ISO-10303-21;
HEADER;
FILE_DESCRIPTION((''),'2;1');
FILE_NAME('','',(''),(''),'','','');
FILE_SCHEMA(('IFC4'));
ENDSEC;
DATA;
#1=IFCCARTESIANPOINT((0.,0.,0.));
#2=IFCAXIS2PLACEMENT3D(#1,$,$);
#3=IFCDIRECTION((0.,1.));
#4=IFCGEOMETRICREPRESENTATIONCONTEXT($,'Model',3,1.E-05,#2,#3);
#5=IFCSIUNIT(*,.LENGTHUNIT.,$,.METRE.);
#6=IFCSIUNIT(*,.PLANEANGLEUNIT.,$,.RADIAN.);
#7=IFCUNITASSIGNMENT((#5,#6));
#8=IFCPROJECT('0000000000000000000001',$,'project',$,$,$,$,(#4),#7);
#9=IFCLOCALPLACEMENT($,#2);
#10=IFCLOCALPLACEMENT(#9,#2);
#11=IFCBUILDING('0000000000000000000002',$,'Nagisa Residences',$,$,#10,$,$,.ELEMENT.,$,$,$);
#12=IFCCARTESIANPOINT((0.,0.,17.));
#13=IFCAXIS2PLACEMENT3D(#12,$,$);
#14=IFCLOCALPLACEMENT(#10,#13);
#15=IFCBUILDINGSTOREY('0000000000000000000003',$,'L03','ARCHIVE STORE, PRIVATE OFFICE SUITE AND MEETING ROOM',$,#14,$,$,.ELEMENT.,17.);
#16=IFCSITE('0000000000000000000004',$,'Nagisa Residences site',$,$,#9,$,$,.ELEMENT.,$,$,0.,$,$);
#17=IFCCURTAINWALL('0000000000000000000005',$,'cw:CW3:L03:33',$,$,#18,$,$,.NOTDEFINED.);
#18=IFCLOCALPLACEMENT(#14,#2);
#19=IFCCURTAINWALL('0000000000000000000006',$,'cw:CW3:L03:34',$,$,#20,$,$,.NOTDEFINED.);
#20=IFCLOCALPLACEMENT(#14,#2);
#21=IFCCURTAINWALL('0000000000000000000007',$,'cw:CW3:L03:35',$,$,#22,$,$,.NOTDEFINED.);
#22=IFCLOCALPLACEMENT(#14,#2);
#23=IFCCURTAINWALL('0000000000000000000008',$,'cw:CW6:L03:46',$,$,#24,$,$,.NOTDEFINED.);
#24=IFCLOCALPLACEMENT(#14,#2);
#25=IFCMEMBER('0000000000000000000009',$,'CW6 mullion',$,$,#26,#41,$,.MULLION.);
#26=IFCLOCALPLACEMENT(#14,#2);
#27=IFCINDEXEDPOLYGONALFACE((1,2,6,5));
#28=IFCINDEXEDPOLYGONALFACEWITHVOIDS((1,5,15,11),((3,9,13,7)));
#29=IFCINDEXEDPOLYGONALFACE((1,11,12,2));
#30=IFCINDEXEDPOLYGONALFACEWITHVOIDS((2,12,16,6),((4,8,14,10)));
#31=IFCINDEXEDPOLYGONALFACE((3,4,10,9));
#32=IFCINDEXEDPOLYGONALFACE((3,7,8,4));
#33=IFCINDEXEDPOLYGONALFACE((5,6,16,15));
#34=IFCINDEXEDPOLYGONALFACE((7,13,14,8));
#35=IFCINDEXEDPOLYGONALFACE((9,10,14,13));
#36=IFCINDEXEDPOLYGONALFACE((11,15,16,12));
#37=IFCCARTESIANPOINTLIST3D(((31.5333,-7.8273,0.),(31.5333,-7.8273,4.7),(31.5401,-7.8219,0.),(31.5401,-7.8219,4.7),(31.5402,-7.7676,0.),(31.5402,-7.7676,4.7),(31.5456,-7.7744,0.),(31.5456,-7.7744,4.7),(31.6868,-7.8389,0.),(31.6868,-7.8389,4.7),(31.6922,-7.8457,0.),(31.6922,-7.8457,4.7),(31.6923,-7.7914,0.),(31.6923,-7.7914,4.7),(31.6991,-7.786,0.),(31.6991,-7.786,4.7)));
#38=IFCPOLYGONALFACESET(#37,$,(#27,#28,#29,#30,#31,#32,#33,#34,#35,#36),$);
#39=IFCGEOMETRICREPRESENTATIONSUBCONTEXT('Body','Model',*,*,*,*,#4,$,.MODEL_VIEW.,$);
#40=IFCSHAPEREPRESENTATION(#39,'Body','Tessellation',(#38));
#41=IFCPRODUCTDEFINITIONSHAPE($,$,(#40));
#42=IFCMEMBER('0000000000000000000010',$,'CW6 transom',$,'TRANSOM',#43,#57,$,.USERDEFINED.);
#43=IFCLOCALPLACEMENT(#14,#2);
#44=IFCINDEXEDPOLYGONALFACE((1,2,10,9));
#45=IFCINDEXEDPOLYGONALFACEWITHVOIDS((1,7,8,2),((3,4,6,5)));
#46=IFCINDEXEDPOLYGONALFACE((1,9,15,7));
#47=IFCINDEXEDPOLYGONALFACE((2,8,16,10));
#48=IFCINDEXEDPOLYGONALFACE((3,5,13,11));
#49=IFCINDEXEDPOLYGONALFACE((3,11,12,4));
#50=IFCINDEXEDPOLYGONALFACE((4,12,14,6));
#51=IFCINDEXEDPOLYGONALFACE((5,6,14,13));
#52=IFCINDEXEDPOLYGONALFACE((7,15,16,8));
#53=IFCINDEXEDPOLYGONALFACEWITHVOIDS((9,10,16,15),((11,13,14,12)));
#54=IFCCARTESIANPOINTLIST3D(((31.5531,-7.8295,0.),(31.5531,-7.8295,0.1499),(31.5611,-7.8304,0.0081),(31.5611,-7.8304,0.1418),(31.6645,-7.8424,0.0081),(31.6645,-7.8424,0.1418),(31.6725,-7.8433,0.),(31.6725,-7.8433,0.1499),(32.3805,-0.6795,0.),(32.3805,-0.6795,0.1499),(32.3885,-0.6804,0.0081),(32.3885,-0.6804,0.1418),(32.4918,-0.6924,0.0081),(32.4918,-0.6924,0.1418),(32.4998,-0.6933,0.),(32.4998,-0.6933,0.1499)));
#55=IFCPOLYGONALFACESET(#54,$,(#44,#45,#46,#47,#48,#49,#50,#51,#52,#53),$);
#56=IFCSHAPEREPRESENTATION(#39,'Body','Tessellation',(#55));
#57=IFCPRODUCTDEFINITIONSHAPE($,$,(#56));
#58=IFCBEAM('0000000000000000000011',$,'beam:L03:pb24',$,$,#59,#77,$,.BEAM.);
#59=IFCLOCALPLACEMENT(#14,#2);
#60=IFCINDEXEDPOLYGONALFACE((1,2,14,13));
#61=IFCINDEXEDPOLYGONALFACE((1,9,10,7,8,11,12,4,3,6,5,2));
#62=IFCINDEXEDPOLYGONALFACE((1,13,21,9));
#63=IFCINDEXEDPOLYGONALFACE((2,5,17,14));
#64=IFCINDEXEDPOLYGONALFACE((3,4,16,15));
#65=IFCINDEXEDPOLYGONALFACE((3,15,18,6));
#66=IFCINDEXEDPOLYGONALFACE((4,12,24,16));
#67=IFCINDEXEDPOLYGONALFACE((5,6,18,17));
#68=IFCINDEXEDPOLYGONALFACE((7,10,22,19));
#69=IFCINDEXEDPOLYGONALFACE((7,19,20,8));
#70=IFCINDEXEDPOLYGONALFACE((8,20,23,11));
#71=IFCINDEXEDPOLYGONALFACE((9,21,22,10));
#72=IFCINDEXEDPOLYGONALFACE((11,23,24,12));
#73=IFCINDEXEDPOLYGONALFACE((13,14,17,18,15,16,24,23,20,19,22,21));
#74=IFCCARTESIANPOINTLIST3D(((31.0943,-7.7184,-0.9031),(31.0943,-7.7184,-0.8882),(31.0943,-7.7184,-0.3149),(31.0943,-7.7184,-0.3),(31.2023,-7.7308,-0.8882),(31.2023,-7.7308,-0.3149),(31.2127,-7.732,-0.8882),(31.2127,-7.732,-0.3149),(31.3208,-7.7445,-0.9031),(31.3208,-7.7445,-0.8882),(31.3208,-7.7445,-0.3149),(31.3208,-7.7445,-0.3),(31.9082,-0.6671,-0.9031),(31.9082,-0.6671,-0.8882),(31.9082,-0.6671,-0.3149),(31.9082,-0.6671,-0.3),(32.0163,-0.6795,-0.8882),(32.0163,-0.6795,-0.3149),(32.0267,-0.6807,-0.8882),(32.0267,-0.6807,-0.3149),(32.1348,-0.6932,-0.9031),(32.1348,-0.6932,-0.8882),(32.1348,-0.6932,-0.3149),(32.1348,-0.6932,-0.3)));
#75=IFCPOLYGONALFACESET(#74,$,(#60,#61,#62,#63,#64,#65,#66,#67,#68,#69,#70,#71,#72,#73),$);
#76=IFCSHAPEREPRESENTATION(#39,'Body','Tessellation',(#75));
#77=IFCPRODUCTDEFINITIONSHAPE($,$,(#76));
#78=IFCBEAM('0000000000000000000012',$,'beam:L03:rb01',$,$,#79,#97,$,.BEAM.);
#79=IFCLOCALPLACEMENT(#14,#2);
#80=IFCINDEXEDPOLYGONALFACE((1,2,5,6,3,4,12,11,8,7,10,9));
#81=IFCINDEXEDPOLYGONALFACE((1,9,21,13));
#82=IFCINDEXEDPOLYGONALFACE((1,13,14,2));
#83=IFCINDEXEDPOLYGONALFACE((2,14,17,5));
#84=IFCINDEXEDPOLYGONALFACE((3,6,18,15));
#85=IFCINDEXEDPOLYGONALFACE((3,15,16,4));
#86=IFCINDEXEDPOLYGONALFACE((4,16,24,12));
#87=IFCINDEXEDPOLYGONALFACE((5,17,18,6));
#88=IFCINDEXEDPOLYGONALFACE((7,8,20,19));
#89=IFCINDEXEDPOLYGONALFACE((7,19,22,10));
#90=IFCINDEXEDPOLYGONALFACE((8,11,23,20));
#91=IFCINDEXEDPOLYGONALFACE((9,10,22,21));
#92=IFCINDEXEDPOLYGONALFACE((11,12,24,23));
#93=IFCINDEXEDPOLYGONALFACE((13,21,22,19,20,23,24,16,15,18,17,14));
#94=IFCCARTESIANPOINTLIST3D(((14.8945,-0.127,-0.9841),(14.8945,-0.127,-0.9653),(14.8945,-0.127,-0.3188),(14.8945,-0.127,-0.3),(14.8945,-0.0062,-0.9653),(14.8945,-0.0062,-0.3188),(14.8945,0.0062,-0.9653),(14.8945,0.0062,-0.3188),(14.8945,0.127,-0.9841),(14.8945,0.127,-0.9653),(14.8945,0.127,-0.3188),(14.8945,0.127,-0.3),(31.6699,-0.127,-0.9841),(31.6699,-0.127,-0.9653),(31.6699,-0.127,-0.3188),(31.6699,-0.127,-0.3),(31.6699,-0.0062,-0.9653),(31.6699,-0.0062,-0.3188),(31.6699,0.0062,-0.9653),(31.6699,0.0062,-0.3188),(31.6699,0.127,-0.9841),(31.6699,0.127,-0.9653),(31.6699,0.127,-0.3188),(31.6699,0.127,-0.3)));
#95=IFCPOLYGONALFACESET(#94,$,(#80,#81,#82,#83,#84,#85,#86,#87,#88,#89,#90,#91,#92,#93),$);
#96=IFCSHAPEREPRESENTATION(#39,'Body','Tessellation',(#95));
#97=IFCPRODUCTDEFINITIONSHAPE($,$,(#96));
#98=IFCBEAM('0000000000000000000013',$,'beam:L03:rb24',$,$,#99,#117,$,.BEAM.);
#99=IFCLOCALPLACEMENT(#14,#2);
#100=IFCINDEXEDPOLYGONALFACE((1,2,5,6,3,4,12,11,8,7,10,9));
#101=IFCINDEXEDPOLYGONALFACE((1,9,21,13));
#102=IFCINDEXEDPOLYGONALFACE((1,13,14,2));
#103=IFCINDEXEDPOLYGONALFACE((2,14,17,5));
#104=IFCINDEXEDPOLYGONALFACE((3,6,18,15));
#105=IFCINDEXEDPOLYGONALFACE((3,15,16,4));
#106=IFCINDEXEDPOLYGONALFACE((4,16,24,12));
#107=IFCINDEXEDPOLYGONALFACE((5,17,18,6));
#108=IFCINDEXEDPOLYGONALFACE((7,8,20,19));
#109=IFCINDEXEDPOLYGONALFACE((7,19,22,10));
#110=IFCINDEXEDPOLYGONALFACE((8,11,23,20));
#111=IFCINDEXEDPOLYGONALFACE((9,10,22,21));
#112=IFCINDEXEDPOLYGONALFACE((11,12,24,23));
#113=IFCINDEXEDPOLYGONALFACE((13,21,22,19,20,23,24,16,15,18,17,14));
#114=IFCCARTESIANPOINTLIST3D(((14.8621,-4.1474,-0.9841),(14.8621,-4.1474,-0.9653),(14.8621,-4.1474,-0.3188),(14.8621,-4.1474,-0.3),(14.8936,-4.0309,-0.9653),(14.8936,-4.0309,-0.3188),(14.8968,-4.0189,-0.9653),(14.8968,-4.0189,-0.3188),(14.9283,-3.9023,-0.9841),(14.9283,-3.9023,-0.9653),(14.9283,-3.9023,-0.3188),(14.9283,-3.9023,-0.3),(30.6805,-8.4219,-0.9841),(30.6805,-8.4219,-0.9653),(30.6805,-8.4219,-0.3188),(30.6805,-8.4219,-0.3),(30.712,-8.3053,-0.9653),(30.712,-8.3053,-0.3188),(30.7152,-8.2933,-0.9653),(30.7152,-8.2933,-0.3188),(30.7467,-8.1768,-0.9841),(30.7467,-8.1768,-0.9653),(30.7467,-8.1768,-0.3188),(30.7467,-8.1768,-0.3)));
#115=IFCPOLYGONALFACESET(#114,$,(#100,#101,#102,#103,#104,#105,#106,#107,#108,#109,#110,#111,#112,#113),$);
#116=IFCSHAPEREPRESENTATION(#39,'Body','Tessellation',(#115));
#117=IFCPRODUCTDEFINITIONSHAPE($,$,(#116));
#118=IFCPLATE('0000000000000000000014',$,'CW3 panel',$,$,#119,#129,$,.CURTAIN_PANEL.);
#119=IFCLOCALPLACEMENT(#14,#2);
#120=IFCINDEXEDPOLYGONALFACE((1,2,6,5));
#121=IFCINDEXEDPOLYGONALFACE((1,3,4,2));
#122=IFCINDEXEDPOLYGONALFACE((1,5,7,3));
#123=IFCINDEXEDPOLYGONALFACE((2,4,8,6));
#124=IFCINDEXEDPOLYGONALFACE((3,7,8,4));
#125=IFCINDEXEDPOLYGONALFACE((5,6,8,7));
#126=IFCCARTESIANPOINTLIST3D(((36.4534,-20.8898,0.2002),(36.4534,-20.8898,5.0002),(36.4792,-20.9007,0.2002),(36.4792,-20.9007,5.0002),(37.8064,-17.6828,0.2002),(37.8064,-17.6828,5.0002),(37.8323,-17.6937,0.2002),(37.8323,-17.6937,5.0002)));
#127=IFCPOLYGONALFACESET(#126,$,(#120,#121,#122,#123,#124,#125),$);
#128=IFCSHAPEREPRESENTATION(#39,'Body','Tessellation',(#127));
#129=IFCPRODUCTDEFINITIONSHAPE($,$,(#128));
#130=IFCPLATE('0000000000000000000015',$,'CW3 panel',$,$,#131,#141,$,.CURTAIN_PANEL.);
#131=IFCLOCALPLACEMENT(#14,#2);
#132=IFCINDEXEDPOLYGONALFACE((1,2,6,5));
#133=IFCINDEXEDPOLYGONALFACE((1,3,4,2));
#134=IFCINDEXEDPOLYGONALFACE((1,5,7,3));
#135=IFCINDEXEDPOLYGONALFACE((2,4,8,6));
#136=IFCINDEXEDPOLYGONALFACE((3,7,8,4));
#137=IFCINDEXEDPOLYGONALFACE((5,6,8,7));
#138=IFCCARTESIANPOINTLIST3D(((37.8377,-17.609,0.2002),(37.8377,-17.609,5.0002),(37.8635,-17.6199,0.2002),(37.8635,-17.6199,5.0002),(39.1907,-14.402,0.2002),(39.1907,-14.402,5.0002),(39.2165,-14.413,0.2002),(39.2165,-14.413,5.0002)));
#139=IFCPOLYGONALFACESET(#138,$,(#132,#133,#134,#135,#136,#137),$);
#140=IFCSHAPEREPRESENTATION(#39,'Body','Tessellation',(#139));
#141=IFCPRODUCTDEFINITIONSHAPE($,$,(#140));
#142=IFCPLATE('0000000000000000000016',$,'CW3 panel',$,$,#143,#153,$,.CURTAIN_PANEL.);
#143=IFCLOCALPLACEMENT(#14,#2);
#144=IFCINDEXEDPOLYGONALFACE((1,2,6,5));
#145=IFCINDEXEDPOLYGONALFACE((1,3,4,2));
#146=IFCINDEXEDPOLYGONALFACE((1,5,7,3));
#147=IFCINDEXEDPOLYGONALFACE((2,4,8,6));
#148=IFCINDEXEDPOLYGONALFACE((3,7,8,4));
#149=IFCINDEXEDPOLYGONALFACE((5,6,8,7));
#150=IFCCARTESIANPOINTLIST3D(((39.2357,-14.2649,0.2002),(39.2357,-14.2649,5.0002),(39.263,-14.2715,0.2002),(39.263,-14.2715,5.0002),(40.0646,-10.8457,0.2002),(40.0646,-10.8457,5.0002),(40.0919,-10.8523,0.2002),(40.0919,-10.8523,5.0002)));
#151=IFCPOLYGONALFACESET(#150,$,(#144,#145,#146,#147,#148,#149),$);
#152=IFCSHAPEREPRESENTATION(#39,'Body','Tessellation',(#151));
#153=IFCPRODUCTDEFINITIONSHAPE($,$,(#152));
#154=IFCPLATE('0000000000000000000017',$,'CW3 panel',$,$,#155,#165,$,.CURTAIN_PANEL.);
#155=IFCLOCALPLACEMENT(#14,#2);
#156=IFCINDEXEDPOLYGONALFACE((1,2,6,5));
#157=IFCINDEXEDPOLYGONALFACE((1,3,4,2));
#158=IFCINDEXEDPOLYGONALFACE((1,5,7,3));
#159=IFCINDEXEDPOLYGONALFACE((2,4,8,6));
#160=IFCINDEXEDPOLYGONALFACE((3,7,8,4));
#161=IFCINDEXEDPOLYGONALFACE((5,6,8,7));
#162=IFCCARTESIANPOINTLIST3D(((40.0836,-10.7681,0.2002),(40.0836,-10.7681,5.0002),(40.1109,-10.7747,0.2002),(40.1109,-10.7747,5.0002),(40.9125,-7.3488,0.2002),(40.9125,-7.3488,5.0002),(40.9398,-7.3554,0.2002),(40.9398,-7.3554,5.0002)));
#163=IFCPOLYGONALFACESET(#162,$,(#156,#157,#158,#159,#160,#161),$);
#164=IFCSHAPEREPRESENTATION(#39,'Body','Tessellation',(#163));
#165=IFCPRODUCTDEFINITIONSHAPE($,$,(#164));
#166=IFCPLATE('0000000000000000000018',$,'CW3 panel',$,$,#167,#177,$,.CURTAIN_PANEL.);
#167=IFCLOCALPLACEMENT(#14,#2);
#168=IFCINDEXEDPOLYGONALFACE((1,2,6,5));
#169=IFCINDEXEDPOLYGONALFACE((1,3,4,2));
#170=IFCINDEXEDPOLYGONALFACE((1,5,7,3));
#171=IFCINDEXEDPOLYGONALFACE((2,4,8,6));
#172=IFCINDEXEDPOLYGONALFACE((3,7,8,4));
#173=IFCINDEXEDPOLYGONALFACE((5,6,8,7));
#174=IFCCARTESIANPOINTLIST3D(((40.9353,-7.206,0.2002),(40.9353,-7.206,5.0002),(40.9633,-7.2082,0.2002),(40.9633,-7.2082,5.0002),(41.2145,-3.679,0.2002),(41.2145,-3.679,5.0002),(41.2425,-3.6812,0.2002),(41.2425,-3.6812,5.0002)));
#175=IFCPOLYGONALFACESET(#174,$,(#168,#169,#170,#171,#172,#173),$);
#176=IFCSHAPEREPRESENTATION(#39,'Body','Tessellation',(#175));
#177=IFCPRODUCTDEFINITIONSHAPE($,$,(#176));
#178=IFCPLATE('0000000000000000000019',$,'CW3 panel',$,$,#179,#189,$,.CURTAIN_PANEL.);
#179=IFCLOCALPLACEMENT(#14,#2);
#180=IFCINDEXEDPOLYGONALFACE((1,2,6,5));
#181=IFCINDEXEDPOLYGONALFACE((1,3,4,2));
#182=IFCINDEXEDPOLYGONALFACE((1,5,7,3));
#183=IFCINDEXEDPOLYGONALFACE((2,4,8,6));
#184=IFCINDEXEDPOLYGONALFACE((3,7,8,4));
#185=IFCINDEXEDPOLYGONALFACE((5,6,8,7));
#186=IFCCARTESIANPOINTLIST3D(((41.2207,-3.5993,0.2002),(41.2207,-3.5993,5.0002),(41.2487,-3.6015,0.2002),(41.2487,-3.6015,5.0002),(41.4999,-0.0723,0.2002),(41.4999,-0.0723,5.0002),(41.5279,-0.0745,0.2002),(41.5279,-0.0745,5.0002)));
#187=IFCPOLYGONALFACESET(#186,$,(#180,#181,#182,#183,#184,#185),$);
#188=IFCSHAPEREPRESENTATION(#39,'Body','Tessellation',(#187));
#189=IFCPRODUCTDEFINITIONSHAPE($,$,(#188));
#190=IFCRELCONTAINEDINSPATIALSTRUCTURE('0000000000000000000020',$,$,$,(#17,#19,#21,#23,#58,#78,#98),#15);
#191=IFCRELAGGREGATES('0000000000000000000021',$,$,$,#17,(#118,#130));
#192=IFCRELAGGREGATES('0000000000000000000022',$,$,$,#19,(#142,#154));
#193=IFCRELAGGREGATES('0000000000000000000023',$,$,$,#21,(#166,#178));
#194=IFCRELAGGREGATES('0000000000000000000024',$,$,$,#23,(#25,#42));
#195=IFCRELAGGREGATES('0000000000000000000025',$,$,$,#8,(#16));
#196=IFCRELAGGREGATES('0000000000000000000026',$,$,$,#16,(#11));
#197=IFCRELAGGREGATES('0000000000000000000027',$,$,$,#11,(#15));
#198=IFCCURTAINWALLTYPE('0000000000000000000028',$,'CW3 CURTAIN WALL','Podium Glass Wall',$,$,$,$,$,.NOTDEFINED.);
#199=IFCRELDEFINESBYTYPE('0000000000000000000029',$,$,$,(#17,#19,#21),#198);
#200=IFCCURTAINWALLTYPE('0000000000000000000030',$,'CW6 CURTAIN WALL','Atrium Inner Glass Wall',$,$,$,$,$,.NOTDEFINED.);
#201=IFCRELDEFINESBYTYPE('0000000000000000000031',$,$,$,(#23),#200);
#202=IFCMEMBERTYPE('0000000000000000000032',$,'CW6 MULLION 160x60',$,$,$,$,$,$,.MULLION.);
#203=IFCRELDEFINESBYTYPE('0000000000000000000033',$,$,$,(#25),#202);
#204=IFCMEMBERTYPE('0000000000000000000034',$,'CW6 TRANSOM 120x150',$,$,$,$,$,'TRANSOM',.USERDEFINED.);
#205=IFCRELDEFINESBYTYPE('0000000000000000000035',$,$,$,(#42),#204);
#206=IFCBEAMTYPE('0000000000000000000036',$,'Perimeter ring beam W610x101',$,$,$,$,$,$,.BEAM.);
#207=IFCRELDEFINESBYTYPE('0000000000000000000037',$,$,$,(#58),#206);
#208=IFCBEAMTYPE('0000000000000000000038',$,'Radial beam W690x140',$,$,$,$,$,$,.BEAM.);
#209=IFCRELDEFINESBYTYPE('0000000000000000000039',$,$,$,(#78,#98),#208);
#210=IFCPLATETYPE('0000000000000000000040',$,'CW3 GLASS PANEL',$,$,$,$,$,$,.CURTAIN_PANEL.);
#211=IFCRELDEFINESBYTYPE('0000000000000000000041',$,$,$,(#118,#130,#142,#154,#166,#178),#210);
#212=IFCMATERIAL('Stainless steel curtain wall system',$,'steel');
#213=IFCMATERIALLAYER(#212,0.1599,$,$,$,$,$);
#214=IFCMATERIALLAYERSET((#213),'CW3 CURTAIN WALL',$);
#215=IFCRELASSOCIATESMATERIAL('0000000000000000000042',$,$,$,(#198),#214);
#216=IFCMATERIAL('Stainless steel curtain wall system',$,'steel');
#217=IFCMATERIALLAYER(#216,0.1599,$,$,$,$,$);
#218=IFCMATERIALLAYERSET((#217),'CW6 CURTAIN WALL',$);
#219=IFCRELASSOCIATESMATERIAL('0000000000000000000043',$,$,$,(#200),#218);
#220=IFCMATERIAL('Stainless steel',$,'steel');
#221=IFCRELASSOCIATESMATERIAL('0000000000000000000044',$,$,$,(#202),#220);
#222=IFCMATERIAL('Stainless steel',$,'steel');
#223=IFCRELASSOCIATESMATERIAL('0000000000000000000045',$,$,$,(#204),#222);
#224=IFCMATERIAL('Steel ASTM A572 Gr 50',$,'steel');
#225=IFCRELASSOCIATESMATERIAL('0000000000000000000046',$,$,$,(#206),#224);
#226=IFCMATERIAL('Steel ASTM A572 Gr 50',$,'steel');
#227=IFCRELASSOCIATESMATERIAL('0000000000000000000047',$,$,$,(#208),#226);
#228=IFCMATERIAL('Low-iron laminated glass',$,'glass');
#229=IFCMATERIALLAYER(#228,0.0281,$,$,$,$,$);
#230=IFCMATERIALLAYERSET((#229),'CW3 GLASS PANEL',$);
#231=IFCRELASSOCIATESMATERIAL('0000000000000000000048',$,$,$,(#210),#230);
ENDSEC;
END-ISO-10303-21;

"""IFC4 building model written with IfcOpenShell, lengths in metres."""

from ifc_helpers import new_model, si_unit, direction, frame, origin, origin_2d, place, context, subcontext, project, spatial, rectangle, hollow_rectangle, i_section, extrude, material, layer, layer_set, material_profile, profile_set, type_object, element, aggregate, save


model = new_model("IFC4")

# Units and contexts
model_context = context("Model", 3, precision=1e-05, world=origin(), true_north=direction((0.0, 1.0)))
body_context = subcontext(model_context, "Body", "Model", "MODEL_VIEW")
ifc_project = project(units=[si_unit("LENGTHUNIT", "METRE"), si_unit("PLANEANGLEUNIT", "RADIAN")], contexts=[model_context])

# Site, building, storey
site_placement = place(None, origin())
site = spatial("IfcSite", under=ifc_project, at=site_placement, Name="Nagisa Residences site", CompositionType="ELEMENT", RefElevation=0.0)
building_placement = place(site_placement, origin())
building = spatial("IfcBuilding", under=site, at=building_placement, Name="Nagisa Residences", CompositionType="ELEMENT")
storey_placement = place(building_placement, frame((0.0, 0.0, 17.0)))
storey = spatial("IfcBuildingStorey", under=building, at=storey_placement, Name="L03", Description="ARCHIVE STORE, PRIVATE OFFICE SUITE AND MEETING ROOM", CompositionType="ELEMENT", Elevation=17.0)

# Shared definitions
ifc_material_1 = material(Name="Stainless steel curtain wall system", Category="steel")
ifc_layer_1 = layer(ifc_material_1, 0.1599)
ifc_layer_set_1 = layer_set([ifc_layer_1], Name="CW3 CURTAIN WALL")
curtain_wall_type_1 = type_object("IfcCurtainWallType", Name="CW3 CURTAIN WALL", Description="Podium Glass Wall", PredefinedType="NOTDEFINED", material=ifc_layer_set_1)

# Curtain walls
curtain_wall_1_placement = place(storey_placement, origin())
curtain_wall_1 = element("IfcCurtainWall", 1, at=curtain_wall_1_placement, inside=storey, type_object=curtain_wall_type_1, Name="cw:CW3:L03:33", PredefinedType="NOTDEFINED")
curtain_wall_2_placement = place(storey_placement, origin())
curtain_wall_2 = element("IfcCurtainWall", 2, at=curtain_wall_2_placement, inside=storey, type_object=curtain_wall_type_1, Name="cw:CW3:L03:34", PredefinedType="NOTDEFINED")
curtain_wall_3_placement = place(storey_placement, origin())
curtain_wall_3 = element("IfcCurtainWall", 3, at=curtain_wall_3_placement, inside=storey, type_object=curtain_wall_type_1, Name="cw:CW3:L03:35", PredefinedType="NOTDEFINED")

# Curtain wall, members
ifc_material_2 = material(Name="Stainless steel curtain wall system", Category="steel")
ifc_layer_2 = layer(ifc_material_2, 0.1599)
ifc_layer_set_2 = layer_set([ifc_layer_2], Name="CW6 CURTAIN WALL")
curtain_wall_type_2 = type_object("IfcCurtainWallType", Name="CW6 CURTAIN WALL", Description="Atrium Inner Glass Wall", PredefinedType="NOTDEFINED", material=ifc_layer_set_2)
curtain_wall_4_placement = place(storey_placement, origin())
curtain_wall_4 = element("IfcCurtainWall", 4, at=curtain_wall_4_placement, inside=storey, type_object=curtain_wall_type_2, Name="cw:CW6:L03:46", PredefinedType="NOTDEFINED")
ifc_material_3 = material(Name="Stainless steel", Category="steel")
ifc_material_profile_1 = material_profile(ifc_material_3, hollow_rectangle(XDim=0.1599, YDim=0.0601, WallThickness=0.0061, at=origin_2d()), Name="CW6 MULLION 160x60")
ifc_profile_set_1 = profile_set([ifc_material_profile_1], Name="Stainless steel")
member_type_1 = type_object("IfcMemberType", Name="CW6 MULLION 160x60", PredefinedType="MULLION", material=ifc_profile_set_1)
member_1_placement = place(storey_placement, frame((31.6162, -7.8066, 0.0), z_axis=(0.0, 0.0, 1.0), x_axis=(-0.993374, 0.114928, 0.0)))
member_1 = element("IfcMember", 5, at=member_1_placement, type_object=member_type_1, Name="CW6 mullion", PredefinedType="MULLION", context=body_context, shape_type="SweptSolid", body=[
    extrude(hollow_rectangle(XDim=0.1599, YDim=0.0601, WallThickness=0.0061, at=origin_2d()), origin(), (0.0, 0.0, 1.0), 4.7),
])
ifc_material_4 = material(Name="Stainless steel", Category="steel")
ifc_material_profile_2 = material_profile(ifc_material_4, hollow_rectangle(XDim=0.1201, YDim=0.1499, WallThickness=0.0081, at=origin_2d()), Name="CW6 TRANSOM 120x150")
ifc_profile_set_2 = profile_set([ifc_material_profile_2], Name="Stainless steel")
member_type_2 = type_object("IfcMemberType", Name="CW6 TRANSOM 120x150", ElementType="TRANSOM", PredefinedType="USERDEFINED", material=ifc_profile_set_2)
member_2_placement = place(storey_placement, frame((31.6128, -7.8364, 0.075), z_axis=(0.11495, 0.993371, 0.0), x_axis=(-0.993371, 0.11495, 0.0)))
member_2 = element("IfcMember", 6, at=member_2_placement, type_object=member_type_2, Name="CW6 transom", ObjectType="TRANSOM", PredefinedType="USERDEFINED", context=body_context, shape_type="SweptSolid", body=[
    extrude(hollow_rectangle(XDim=0.1201, YDim=0.1499, WallThickness=0.0081, at=origin_2d()), origin(), (0.0, 0.0, 1.0), 7.1978),
])

# Beams
ifc_material_5 = material(Name="Steel ASTM A572 Gr 50", Category="steel")
ifc_material_profile_3 = material_profile(ifc_material_5, i_section(OverallWidth=0.228, OverallDepth=0.603, WebThickness=0.0105, FlangeThickness=0.0149, at=origin_2d()), Name="W610x101")
ifc_profile_set_3 = profile_set([ifc_material_profile_3], Name="Steel ASTM A572 Gr 50")
beam_type_1 = type_object("IfcBeamType", Name="Perimeter ring beam W610x101", PredefinedType="BEAM", material=ifc_profile_set_3)
beam_1_placement = place(storey_placement, frame((31.2075, -7.7314, -0.6016), z_axis=(0.114674, 0.993403, 0.0), x_axis=(-0.993403, 0.114674, 0.0)))
element("IfcBeam", 7, at=beam_1_placement, inside=storey, type_object=beam_type_1, Name="beam:L03:pb24", PredefinedType="BEAM", context=body_context, shape_type="SweptSolid", body=[
    extrude(i_section(OverallWidth=0.228, OverallDepth=0.603, WebThickness=0.0105, FlangeThickness=0.0149, at=origin_2d()), origin(), (0.0, 0.0, 1.0), 7.0981),
])
ifc_material_6 = material(Name="Steel ASTM A572 Gr 50", Category="steel")
ifc_material_profile_4 = material_profile(ifc_material_6, i_section(OverallWidth=0.2539, OverallDepth=0.6841, WebThickness=0.0125, FlangeThickness=0.0188, at=origin_2d()), Name="W690x140")
ifc_profile_set_4 = profile_set([ifc_material_profile_4], Name="Steel ASTM A572 Gr 50")
beam_type_2 = type_object("IfcBeamType", Name="Radial beam W690x140", PredefinedType="BEAM", material=ifc_profile_set_4)
beam_2_placement = place(storey_placement, frame((31.6699, 0.0, -0.6421), z_axis=(-1.0, 0.0, 0.0), x_axis=(0.0, -1.0, 0.0)))
element("IfcBeam", 8, at=beam_2_placement, inside=storey, type_object=beam_type_2, Name="beam:L03:rb01", PredefinedType="BEAM", context=body_context, shape_type="SweptSolid", body=[
    extrude(i_section(OverallWidth=0.2539, OverallDepth=0.6841, WebThickness=0.0125, FlangeThickness=0.0188, at=origin_2d()), origin(), (0.0, 0.0, 1.0), 16.7754),
])
beam_3_placement = place(storey_placement, frame((30.7136, -8.2993, -0.6421), z_axis=(-0.965376, 0.260862, 0.0), x_axis=(-0.260862, -0.965376, 0.0)))
element("IfcBeam", 9, at=beam_3_placement, inside=storey, type_object=beam_type_2, Name="beam:L03:rb24", PredefinedType="BEAM", context=body_context, shape_type="SweptSolid", body=[
    extrude(i_section(OverallWidth=0.2539, OverallDepth=0.6841, WebThickness=0.0125, FlangeThickness=0.0188, at=origin_2d()), origin(), (0.0, 0.0, 1.0), 16.3857),
])

# Plates
ifc_material_7 = material(Name="Low-iron laminated glass", Category="glass")
ifc_layer_3 = layer(ifc_material_7, 0.0281)
ifc_layer_set_3 = layer_set([ifc_layer_3], Name="CW3 GLASS PANEL")
plate_type_1 = type_object("IfcPlateType", Name="CW3 GLASS PANEL", PredefinedType="CURTAIN_PANEL", material=ifc_layer_set_3)
plate_1_placement = place(storey_placement, frame((37.1428, -19.2917, 0.2002), z_axis=(0.0, 0.0, 1.0), x_axis=(0.388718, 0.921357, 0.0)))
plate_1 = element("IfcPlate", 10, at=plate_1_placement, type_object=plate_type_1, Name="CW3 panel", PredefinedType="CURTAIN_PANEL", context=body_context, shape_type="SweptSolid", body=[
    extrude(rectangle(XDim=3.4807, YDim=0.0281, at=origin_2d()), origin(), (0.0, 0.0, 1.0), 4.8),
])
plate_2_placement = place(storey_placement, frame((38.5271, -16.011, 0.2002), z_axis=(0.0, 0.0, 1.0), x_axis=(0.388718, 0.921357, 0.0)))
plate_2 = element("IfcPlate", 11, at=plate_2_placement, type_object=plate_type_1, Name="CW3 panel", PredefinedType="CURTAIN_PANEL", context=body_context, shape_type="SweptSolid", body=[
    extrude(rectangle(XDim=3.4807, YDim=0.0281, at=origin_2d()), origin(), (0.0, 0.0, 1.0), 4.8),
])
aggregate(curtain_wall_1, [plate_1, plate_2])
plate_3_placement = place(storey_placement, frame((39.6638, -12.5586, 0.2002), z_axis=(0.0, 0.0, 1.0), x_axis=(0.235606, 0.971849, 0.0)))
plate_3 = element("IfcPlate", 12, at=plate_3_placement, type_object=plate_type_1, Name="CW3 panel", PredefinedType="CURTAIN_PANEL", context=body_context, shape_type="SweptSolid", body=[
    extrude(rectangle(XDim=3.5183, YDim=0.0281, at=origin_2d()), origin(), (0.0, 0.0, 1.0), 4.8),
])
plate_4_placement = place(storey_placement, frame((40.5117, -9.0618, 0.2002), z_axis=(0.0, 0.0, 1.0), x_axis=(0.235606, 0.971849, 0.0)))
plate_4 = element("IfcPlate", 13, at=plate_4_placement, type_object=plate_type_1, Name="CW3 panel", PredefinedType="CURTAIN_PANEL", context=body_context, shape_type="SweptSolid", body=[
    extrude(rectangle(XDim=3.5183, YDim=0.0281, at=origin_2d()), origin(), (0.0, 0.0, 1.0), 4.8),
])
aggregate(curtain_wall_2, [plate_3, plate_4])
plate_5_placement = place(storey_placement, frame((41.0889, -5.4436, 0.2002), z_axis=(0.0, 0.0, 1.0), x_axis=(0.07891, 0.996882, 0.0)))
plate_5 = element("IfcPlate", 14, at=plate_5_placement, type_object=plate_type_1, Name="CW3 panel", PredefinedType="CURTAIN_PANEL", context=body_context, shape_type="SweptSolid", body=[
    extrude(rectangle(XDim=3.5381, YDim=0.0281, at=origin_2d()), origin(), (0.0, 0.0, 1.0), 4.8),
])
plate_6_placement = place(storey_placement, frame((41.3743, -1.8369, 0.2002), z_axis=(0.0, 0.0, 1.0), x_axis=(0.07891, 0.996882, 0.0)))
plate_6 = element("IfcPlate", 15, at=plate_6_placement, type_object=plate_type_1, Name="CW3 panel", PredefinedType="CURTAIN_PANEL", context=body_context, shape_type="SweptSolid", body=[
    extrude(rectangle(XDim=3.5381, YDim=0.0281, at=origin_2d()), origin(), (0.0, 0.0, 1.0), 4.8),
])
aggregate(curtain_wall_3, [plate_5, plate_6])

aggregate(curtain_wall_4, [member_1, member_2])

save(model, "model.ifc")
